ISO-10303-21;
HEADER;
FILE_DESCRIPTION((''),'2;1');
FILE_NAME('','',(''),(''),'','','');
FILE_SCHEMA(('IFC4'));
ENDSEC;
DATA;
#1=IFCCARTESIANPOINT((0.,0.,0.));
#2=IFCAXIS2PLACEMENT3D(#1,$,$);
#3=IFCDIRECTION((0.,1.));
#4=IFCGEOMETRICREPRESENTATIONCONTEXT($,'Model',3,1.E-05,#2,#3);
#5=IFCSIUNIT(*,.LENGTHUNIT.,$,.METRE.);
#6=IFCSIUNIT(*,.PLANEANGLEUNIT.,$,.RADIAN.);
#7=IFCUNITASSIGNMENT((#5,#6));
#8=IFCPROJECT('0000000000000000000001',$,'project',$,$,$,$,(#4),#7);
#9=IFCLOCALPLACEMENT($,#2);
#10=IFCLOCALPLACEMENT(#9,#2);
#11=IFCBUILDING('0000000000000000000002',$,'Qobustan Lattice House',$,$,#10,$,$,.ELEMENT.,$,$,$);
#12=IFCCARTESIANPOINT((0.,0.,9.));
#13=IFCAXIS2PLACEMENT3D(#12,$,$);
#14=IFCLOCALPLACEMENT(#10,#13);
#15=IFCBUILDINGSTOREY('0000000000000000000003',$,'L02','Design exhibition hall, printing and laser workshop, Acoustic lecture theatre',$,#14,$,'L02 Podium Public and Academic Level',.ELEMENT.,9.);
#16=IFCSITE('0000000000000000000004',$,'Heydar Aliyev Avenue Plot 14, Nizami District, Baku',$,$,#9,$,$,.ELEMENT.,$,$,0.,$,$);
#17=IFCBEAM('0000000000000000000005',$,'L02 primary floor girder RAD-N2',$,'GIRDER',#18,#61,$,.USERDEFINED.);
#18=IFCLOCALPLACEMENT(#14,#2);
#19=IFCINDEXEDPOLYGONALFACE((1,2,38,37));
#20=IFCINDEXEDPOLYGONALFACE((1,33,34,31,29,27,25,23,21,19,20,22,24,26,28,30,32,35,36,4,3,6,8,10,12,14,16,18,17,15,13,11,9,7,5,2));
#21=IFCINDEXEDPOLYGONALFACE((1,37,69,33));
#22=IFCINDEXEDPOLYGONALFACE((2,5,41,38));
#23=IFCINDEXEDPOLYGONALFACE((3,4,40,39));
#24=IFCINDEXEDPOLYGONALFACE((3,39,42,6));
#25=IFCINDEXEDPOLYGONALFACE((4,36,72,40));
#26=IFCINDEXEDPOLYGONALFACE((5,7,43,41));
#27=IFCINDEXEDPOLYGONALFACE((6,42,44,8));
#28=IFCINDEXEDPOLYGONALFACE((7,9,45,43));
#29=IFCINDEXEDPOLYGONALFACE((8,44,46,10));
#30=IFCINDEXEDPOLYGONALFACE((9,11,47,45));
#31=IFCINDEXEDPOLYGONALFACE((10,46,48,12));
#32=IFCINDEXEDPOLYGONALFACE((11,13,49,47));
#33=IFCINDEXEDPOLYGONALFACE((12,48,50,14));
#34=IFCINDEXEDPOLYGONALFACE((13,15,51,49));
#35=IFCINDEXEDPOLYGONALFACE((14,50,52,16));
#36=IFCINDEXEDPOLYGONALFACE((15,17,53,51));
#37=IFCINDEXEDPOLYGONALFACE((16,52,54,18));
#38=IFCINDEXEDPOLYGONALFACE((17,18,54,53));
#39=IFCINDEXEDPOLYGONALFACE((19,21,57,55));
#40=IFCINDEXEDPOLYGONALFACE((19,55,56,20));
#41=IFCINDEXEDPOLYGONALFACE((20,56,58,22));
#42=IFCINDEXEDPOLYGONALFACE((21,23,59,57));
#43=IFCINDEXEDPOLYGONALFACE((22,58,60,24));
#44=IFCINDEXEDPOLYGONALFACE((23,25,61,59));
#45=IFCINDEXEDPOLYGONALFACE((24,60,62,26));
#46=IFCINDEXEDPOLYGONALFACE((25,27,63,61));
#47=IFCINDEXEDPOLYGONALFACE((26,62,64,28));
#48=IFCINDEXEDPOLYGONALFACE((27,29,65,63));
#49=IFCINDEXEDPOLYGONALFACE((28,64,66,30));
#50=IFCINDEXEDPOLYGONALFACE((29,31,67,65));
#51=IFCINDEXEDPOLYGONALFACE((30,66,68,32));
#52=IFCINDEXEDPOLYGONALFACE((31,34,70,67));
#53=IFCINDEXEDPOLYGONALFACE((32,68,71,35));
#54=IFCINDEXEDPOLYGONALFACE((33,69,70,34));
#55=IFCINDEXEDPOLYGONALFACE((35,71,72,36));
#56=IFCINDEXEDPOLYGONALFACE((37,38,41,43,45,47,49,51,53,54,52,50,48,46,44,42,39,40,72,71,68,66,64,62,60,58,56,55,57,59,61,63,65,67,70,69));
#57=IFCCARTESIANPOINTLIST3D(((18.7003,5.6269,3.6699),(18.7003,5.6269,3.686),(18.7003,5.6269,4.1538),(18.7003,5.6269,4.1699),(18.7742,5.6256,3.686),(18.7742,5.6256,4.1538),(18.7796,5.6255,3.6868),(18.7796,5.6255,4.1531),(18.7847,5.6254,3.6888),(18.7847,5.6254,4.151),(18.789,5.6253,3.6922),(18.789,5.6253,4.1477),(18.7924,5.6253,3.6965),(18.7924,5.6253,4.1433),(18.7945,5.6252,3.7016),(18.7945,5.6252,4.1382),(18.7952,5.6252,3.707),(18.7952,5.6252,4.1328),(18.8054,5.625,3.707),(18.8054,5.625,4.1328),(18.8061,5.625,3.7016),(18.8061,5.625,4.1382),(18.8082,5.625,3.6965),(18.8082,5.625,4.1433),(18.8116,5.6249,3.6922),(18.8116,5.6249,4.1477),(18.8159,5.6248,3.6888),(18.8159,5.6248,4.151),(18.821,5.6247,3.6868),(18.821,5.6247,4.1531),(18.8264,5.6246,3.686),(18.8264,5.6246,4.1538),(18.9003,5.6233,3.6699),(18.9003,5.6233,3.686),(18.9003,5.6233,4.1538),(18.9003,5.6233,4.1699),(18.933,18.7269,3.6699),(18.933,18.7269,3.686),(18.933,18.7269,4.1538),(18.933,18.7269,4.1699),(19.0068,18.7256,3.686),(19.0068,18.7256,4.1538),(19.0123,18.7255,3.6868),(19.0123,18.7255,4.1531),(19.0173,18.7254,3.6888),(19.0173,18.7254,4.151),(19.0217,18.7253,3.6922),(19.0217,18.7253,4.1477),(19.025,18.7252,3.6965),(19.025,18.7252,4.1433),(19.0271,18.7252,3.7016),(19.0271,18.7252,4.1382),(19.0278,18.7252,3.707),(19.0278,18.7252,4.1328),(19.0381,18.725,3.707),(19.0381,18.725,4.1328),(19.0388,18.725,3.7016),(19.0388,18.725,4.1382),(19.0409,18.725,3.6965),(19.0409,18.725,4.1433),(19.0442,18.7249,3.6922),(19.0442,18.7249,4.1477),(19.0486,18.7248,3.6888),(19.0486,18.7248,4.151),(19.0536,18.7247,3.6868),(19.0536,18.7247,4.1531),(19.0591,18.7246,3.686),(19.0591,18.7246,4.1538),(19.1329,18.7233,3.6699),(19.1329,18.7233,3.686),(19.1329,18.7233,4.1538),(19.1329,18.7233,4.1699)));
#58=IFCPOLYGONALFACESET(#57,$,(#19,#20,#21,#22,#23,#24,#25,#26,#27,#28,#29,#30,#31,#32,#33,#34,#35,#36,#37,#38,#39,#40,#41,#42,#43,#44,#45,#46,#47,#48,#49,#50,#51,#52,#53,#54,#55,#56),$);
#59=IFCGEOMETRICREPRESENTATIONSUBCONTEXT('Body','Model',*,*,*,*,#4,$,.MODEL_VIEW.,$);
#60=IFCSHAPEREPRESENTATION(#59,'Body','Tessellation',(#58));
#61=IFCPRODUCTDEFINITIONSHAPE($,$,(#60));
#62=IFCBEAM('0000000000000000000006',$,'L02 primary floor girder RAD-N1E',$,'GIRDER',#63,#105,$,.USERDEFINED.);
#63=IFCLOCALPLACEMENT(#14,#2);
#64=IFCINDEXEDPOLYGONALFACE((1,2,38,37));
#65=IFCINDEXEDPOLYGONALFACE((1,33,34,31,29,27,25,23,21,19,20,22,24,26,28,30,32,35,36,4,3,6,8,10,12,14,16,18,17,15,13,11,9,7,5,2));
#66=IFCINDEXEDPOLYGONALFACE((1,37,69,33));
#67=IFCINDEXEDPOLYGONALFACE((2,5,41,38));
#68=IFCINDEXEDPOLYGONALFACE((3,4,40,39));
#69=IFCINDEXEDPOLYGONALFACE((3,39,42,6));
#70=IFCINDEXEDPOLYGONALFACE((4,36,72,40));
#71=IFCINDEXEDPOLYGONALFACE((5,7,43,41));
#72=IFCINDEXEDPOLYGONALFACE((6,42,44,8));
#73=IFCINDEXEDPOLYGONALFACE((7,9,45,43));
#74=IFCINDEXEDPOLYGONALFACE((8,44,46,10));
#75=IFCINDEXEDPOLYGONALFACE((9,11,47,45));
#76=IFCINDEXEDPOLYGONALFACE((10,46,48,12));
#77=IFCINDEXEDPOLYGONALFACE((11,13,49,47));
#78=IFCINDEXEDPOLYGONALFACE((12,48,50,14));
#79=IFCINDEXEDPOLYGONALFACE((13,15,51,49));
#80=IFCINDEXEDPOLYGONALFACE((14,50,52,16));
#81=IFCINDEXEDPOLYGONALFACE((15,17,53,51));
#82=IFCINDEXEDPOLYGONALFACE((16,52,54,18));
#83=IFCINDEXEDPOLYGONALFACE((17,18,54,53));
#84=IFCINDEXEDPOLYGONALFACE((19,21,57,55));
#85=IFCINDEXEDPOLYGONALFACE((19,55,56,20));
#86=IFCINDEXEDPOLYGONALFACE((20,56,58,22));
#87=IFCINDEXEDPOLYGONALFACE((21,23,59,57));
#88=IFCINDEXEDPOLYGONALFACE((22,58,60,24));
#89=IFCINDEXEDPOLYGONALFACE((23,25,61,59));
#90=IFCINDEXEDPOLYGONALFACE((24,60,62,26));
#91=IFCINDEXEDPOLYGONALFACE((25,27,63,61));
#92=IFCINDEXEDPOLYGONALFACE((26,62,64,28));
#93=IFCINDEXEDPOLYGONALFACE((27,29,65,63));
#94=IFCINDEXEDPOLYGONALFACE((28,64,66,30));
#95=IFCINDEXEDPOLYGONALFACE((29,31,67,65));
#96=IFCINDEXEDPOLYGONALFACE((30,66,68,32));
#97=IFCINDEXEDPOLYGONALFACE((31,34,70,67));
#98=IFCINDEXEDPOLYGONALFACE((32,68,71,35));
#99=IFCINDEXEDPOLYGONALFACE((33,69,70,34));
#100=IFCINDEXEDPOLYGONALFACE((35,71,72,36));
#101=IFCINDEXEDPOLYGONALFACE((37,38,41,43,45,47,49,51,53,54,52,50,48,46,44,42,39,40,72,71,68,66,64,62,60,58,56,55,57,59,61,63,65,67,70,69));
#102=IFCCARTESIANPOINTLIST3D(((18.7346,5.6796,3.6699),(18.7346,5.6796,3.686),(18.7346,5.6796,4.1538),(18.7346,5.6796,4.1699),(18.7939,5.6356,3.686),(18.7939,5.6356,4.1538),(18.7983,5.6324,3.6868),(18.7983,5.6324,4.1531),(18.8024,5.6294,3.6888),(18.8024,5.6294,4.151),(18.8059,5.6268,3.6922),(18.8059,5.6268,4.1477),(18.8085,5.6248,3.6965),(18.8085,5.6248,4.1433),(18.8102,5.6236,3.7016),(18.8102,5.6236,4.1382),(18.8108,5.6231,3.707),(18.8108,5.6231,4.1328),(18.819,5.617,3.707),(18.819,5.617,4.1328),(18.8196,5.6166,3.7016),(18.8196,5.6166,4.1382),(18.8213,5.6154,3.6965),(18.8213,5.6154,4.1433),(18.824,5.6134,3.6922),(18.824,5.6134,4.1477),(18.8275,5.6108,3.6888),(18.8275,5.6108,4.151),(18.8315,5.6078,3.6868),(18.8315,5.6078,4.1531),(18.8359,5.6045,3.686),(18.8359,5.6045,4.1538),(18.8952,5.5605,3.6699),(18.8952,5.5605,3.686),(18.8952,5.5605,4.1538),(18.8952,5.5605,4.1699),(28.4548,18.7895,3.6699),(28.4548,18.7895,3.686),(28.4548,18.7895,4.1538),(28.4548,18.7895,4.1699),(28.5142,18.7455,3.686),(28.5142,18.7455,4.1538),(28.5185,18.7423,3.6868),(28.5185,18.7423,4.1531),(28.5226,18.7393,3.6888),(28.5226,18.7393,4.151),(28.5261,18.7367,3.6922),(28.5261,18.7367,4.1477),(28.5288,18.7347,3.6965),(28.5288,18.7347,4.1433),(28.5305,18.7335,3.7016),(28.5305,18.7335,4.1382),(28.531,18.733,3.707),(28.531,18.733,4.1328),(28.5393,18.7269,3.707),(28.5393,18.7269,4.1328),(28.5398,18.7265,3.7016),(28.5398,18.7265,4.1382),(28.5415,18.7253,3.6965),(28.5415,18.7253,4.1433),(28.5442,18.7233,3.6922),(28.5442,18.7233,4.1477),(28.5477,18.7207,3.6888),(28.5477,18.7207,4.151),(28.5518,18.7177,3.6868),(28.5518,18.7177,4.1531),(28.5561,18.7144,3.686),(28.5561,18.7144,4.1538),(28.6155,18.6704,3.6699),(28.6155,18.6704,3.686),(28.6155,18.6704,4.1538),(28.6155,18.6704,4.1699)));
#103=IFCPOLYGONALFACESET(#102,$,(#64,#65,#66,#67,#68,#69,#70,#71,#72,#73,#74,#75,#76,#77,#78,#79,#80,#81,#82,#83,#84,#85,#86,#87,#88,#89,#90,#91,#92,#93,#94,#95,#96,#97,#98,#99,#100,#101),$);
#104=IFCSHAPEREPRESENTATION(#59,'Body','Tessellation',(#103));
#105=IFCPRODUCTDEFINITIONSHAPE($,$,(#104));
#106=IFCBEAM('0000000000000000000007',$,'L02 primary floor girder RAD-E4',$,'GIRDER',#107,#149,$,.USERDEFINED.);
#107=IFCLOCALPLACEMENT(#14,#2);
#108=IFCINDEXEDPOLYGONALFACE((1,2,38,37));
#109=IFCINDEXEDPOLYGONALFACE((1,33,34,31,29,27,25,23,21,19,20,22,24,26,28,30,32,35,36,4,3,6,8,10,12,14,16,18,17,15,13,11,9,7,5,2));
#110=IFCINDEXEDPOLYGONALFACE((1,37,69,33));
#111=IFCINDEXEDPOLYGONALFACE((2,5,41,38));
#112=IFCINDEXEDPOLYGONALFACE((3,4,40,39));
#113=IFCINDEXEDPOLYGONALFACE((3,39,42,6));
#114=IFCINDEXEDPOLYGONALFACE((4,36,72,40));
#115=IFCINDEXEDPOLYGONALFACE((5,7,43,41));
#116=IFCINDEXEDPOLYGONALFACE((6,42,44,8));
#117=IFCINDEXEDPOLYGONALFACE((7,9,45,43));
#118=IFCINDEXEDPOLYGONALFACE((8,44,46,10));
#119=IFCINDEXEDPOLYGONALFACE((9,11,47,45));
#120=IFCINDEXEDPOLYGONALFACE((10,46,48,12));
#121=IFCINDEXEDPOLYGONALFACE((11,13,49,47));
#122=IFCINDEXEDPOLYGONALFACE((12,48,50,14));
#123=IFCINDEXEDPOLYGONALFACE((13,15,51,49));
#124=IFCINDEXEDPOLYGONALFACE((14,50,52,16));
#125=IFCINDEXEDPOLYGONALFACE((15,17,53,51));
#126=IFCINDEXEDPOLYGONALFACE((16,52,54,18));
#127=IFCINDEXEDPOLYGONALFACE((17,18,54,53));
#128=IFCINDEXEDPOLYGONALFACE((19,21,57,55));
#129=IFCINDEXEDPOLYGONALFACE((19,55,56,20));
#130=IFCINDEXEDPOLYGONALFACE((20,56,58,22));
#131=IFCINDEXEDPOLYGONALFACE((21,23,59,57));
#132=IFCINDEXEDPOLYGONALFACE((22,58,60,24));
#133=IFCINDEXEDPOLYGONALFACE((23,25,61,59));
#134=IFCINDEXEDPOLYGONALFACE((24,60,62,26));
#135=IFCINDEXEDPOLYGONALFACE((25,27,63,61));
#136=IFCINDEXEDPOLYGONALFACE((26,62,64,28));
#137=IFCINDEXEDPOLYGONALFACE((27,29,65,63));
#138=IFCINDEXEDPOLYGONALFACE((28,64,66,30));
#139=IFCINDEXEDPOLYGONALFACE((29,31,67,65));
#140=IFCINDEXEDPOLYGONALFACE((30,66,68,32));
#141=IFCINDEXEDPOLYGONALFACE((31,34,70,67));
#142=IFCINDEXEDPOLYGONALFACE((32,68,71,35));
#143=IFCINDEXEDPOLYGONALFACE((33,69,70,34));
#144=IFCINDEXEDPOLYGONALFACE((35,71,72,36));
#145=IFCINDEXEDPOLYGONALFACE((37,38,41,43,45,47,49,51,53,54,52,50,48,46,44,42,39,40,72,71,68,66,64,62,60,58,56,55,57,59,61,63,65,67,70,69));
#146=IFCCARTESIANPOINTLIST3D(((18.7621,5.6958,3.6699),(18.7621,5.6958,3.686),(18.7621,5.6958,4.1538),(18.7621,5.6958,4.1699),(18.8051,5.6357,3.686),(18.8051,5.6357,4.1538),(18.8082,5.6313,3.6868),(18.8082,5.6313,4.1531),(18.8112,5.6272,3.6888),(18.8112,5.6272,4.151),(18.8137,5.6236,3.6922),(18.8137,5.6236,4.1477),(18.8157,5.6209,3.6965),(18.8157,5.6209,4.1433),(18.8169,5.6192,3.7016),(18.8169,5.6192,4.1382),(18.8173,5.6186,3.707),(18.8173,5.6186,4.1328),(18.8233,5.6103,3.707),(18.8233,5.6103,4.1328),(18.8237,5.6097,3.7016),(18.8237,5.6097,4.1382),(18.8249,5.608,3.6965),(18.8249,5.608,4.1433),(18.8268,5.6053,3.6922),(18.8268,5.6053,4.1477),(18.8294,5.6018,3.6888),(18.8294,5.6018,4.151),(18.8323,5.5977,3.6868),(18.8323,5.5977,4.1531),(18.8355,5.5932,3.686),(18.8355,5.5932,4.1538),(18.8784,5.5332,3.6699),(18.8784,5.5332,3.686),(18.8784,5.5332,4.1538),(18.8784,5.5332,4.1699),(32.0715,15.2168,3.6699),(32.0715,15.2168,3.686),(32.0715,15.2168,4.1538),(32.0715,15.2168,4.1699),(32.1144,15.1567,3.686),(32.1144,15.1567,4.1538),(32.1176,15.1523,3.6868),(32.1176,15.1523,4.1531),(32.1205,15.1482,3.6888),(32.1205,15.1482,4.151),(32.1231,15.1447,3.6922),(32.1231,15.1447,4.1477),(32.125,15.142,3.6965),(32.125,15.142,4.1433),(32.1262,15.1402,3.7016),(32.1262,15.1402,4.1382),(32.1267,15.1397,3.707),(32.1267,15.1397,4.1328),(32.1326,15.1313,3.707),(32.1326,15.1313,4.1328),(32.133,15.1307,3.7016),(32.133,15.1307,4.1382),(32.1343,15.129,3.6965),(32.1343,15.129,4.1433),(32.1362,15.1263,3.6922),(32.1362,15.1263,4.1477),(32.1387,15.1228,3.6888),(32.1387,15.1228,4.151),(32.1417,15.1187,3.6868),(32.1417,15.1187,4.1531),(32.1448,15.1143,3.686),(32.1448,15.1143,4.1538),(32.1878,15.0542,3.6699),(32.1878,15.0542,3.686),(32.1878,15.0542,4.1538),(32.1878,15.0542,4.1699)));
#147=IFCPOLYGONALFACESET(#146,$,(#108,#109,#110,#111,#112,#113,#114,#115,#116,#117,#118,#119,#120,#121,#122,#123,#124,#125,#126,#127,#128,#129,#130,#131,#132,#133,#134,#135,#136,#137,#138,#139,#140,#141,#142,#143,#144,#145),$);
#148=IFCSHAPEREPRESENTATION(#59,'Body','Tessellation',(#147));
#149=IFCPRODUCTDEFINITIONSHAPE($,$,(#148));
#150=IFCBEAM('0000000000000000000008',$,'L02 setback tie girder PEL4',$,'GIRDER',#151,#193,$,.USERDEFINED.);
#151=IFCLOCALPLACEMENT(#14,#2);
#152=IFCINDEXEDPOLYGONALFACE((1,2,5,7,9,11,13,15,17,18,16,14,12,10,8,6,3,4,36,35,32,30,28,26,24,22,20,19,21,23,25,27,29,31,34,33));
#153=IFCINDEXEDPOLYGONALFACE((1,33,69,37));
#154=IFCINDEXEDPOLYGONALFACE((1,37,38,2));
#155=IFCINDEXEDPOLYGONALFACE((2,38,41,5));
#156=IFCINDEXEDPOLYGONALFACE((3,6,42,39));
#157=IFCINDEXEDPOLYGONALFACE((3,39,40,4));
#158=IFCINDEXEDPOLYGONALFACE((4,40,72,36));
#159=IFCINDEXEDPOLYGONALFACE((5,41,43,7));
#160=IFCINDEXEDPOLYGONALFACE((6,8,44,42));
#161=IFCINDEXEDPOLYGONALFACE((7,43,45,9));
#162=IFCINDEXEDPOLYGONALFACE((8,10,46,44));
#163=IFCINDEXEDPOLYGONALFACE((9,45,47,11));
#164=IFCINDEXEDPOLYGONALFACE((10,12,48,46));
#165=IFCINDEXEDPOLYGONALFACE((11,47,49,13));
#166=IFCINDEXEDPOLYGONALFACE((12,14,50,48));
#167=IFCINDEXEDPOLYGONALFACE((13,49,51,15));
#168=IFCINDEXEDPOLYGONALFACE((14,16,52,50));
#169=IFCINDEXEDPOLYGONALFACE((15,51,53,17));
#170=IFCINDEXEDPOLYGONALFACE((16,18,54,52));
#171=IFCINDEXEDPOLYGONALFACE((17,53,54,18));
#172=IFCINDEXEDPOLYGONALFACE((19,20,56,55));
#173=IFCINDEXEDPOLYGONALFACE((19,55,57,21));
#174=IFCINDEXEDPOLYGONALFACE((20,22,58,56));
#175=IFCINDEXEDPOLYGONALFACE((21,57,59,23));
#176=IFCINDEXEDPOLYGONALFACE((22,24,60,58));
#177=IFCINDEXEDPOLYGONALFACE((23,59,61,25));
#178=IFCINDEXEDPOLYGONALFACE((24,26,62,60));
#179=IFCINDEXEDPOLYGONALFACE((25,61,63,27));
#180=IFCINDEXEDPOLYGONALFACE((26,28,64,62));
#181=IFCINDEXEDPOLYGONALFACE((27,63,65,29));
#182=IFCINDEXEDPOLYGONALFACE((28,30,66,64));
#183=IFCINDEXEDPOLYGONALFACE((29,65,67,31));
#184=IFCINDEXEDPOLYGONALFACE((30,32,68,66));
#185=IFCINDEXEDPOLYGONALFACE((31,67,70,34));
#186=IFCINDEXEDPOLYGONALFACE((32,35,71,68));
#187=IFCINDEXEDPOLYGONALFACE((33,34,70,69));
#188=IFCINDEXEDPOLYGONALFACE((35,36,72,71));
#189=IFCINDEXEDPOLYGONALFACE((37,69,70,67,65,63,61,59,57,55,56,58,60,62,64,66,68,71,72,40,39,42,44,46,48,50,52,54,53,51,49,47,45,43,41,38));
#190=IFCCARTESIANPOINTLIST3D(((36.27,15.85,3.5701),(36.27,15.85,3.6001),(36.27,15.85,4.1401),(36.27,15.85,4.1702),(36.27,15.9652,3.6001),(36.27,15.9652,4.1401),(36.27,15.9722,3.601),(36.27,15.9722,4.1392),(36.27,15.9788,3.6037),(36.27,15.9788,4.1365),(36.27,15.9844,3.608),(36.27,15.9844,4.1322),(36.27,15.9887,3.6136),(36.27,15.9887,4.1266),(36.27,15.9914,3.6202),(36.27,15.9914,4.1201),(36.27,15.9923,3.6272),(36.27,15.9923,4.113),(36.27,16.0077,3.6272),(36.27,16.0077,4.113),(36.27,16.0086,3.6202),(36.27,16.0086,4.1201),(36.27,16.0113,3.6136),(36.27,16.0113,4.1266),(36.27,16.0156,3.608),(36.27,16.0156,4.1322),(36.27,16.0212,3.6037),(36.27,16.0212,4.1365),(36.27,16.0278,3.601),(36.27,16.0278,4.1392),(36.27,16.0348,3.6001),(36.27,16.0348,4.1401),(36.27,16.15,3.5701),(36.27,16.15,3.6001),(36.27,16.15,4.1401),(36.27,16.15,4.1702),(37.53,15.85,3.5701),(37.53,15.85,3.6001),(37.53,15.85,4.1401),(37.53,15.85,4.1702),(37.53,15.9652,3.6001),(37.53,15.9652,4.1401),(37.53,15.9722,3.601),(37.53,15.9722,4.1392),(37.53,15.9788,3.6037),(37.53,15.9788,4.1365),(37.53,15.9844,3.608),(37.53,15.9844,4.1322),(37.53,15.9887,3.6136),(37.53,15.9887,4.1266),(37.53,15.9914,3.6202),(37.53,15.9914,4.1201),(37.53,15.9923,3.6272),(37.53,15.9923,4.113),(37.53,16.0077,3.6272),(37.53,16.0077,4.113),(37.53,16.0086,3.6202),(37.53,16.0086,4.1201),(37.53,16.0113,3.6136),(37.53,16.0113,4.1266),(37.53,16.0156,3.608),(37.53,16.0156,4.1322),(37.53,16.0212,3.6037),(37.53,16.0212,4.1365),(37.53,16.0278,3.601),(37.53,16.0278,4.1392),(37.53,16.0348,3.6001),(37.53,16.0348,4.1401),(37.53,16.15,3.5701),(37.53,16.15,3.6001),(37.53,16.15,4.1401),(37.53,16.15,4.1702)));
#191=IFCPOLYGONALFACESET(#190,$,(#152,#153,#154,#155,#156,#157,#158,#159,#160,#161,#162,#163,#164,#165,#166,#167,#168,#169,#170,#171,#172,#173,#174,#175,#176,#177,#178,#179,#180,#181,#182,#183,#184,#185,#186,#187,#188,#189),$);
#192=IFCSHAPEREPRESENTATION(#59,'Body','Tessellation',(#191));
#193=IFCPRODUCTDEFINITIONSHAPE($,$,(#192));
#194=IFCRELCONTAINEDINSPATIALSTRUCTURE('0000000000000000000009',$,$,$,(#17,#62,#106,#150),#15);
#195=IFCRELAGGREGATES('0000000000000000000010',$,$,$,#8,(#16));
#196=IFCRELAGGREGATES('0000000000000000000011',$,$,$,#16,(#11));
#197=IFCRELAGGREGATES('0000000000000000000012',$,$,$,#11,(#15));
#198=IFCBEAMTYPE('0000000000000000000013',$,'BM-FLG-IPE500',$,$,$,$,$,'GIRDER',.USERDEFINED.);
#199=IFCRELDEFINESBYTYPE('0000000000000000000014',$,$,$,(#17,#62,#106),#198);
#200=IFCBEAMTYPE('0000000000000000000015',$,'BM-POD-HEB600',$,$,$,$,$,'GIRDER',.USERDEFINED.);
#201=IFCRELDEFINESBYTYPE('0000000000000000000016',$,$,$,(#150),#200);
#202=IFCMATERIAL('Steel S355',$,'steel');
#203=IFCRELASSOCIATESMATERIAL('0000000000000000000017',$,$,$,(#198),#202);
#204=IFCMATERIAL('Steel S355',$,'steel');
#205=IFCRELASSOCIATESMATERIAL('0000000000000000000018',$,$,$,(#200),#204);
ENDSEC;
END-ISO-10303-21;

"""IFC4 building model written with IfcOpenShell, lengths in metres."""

from ifc_helpers import new_model, si_unit, direction, frame, origin, origin_2d, place, context, subcontext, project, spatial, i_section, extrude, material, material_profile, profile_set, type_object, element, save


model = new_model("IFC4")

# Units and contexts
model_context = context("Model", 3, precision=1e-05, world=origin(), true_north=direction((0.0, 1.0)))
body_context = subcontext(model_context, "Body", "Model", "MODEL_VIEW")
ifc_project = project(units=[si_unit("LENGTHUNIT", "METRE"), si_unit("PLANEANGLEUNIT", "RADIAN")], contexts=[model_context])

# Site, building, storey
site_placement = place(None, origin())
site = spatial("IfcSite", under=ifc_project, at=site_placement, Name="Heydar Aliyev Avenue Plot 14, Nizami District, Baku", CompositionType="ELEMENT", RefElevation=0.0)
building_placement = place(site_placement, origin())
building = spatial("IfcBuilding", under=site, at=building_placement, Name="Qobustan Lattice House", CompositionType="ELEMENT")
storey_placement = place(building_placement, frame((0.0, 0.0, 9.0)))
storey = spatial("IfcBuildingStorey", under=building, at=storey_placement, Name="L02", Description="Design exhibition hall, printing and laser workshop, Acoustic lecture theatre", LongName="L02 Podium Public and Academic Level", CompositionType="ELEMENT", Elevation=9.0)

# Beams
ifc_material_1 = material(Name="Steel S355", Category="steel")
ifc_material_profile_1 = material_profile(ifc_material_1, i_section(OverallWidth=0.2, OverallDepth=0.5, WebThickness=0.0103, FlangeThickness=0.0161, FilletRadius=0.021, at=origin_2d()), Name="IPE500")
ifc_profile_set_1 = profile_set([ifc_material_profile_1], Name="Steel S355")
beam_type_1 = type_object("IfcBeamType", Name="BM-FLG-IPE500", ElementType="GIRDER", PredefinedType="USERDEFINED", material=ifc_profile_set_1)
beam_1_placement = place(storey_placement, frame((19.033, 18.7251, 3.9199), z_axis=(-0.017758, -0.999842, 0.0), x_axis=(0.999842, -0.017758, 0.0)))
element("IfcBeam", 1, at=beam_1_placement, inside=storey, type_object=beam_type_1, Name="L02 primary floor girder RAD-N2", ObjectType="GIRDER", PredefinedType="USERDEFINED", context=body_context, shape_type="SweptSolid", body=[
    extrude(i_section(OverallWidth=0.2, OverallDepth=0.5, WebThickness=0.0103, FlangeThickness=0.0161, FilletRadius=0.021, at=origin_2d()), origin(), (0.0, 0.0, 1.0), 13.1021),
])
beam_2_placement = place(storey_placement, frame((28.5352, 18.73, 3.9199), z_axis=(-0.595592, -0.803287, 0.0), x_axis=(0.803287, -0.595592, 0.0)))
element("IfcBeam", 2, at=beam_2_placement, inside=storey, type_object=beam_type_1, Name="L02 primary floor girder RAD-N1E", ObjectType="GIRDER", PredefinedType="USERDEFINED", context=body_context, shape_type="SweptSolid", body=[
    extrude(i_section(OverallWidth=0.2, OverallDepth=0.5, WebThickness=0.0103, FlangeThickness=0.0161, FilletRadius=0.021, at=origin_2d()), origin(), (0.0, 0.0, 1.0), 16.3203),
])
beam_3_placement = place(storey_placement, frame((32.1296, 15.1355, 3.9199), z_axis=(-0.813319, -0.581818, 0.0), x_axis=(0.581818, -0.813319, 0.0)))
element("IfcBeam", 3, at=beam_3_placement, inside=storey, type_object=beam_type_1, Name="L02 primary floor girder RAD-E4", ObjectType="GIRDER", PredefinedType="USERDEFINED", context=body_context, shape_type="SweptSolid", body=[
    extrude(i_section(OverallWidth=0.2, OverallDepth=0.5, WebThickness=0.0103, FlangeThickness=0.0161, FilletRadius=0.021, at=origin_2d()), origin(), (0.0, 0.0, 1.0), 16.3643),
])
ifc_material_2 = material(Name="Steel S355", Category="steel")
ifc_material_profile_2 = material_profile(ifc_material_2, i_section(OverallWidth=0.3, OverallDepth=0.6001, WebThickness=0.0154, FlangeThickness=0.03, FilletRadius=0.0271, at=origin_2d()), Name="HEB600")
ifc_profile_set_2 = profile_set([ifc_material_profile_2], Name="Steel S355")
beam_type_2 = type_object("IfcBeamType", Name="BM-POD-HEB600", ElementType="GIRDER", PredefinedType="USERDEFINED", material=ifc_profile_set_2)
beam_4_placement = place(storey_placement, frame((37.53, 16.0, 3.8701), z_axis=(-1.0, 0.0, 0.0), x_axis=(0.0, -1.0, 0.0)))
element("IfcBeam", 4, at=beam_4_placement, inside=storey, type_object=beam_type_2, Name="L02 setback tie girder PEL4", ObjectType="GIRDER", PredefinedType="USERDEFINED", context=body_context, shape_type="SweptSolid", body=[
    extrude(i_section(OverallWidth=0.3, OverallDepth=0.6001, WebThickness=0.0154, FlangeThickness=0.03, FilletRadius=0.0271, at=origin_2d()), origin(), (0.0, 0.0, 1.0), 1.26),
])

save(model, "model.ifc")
